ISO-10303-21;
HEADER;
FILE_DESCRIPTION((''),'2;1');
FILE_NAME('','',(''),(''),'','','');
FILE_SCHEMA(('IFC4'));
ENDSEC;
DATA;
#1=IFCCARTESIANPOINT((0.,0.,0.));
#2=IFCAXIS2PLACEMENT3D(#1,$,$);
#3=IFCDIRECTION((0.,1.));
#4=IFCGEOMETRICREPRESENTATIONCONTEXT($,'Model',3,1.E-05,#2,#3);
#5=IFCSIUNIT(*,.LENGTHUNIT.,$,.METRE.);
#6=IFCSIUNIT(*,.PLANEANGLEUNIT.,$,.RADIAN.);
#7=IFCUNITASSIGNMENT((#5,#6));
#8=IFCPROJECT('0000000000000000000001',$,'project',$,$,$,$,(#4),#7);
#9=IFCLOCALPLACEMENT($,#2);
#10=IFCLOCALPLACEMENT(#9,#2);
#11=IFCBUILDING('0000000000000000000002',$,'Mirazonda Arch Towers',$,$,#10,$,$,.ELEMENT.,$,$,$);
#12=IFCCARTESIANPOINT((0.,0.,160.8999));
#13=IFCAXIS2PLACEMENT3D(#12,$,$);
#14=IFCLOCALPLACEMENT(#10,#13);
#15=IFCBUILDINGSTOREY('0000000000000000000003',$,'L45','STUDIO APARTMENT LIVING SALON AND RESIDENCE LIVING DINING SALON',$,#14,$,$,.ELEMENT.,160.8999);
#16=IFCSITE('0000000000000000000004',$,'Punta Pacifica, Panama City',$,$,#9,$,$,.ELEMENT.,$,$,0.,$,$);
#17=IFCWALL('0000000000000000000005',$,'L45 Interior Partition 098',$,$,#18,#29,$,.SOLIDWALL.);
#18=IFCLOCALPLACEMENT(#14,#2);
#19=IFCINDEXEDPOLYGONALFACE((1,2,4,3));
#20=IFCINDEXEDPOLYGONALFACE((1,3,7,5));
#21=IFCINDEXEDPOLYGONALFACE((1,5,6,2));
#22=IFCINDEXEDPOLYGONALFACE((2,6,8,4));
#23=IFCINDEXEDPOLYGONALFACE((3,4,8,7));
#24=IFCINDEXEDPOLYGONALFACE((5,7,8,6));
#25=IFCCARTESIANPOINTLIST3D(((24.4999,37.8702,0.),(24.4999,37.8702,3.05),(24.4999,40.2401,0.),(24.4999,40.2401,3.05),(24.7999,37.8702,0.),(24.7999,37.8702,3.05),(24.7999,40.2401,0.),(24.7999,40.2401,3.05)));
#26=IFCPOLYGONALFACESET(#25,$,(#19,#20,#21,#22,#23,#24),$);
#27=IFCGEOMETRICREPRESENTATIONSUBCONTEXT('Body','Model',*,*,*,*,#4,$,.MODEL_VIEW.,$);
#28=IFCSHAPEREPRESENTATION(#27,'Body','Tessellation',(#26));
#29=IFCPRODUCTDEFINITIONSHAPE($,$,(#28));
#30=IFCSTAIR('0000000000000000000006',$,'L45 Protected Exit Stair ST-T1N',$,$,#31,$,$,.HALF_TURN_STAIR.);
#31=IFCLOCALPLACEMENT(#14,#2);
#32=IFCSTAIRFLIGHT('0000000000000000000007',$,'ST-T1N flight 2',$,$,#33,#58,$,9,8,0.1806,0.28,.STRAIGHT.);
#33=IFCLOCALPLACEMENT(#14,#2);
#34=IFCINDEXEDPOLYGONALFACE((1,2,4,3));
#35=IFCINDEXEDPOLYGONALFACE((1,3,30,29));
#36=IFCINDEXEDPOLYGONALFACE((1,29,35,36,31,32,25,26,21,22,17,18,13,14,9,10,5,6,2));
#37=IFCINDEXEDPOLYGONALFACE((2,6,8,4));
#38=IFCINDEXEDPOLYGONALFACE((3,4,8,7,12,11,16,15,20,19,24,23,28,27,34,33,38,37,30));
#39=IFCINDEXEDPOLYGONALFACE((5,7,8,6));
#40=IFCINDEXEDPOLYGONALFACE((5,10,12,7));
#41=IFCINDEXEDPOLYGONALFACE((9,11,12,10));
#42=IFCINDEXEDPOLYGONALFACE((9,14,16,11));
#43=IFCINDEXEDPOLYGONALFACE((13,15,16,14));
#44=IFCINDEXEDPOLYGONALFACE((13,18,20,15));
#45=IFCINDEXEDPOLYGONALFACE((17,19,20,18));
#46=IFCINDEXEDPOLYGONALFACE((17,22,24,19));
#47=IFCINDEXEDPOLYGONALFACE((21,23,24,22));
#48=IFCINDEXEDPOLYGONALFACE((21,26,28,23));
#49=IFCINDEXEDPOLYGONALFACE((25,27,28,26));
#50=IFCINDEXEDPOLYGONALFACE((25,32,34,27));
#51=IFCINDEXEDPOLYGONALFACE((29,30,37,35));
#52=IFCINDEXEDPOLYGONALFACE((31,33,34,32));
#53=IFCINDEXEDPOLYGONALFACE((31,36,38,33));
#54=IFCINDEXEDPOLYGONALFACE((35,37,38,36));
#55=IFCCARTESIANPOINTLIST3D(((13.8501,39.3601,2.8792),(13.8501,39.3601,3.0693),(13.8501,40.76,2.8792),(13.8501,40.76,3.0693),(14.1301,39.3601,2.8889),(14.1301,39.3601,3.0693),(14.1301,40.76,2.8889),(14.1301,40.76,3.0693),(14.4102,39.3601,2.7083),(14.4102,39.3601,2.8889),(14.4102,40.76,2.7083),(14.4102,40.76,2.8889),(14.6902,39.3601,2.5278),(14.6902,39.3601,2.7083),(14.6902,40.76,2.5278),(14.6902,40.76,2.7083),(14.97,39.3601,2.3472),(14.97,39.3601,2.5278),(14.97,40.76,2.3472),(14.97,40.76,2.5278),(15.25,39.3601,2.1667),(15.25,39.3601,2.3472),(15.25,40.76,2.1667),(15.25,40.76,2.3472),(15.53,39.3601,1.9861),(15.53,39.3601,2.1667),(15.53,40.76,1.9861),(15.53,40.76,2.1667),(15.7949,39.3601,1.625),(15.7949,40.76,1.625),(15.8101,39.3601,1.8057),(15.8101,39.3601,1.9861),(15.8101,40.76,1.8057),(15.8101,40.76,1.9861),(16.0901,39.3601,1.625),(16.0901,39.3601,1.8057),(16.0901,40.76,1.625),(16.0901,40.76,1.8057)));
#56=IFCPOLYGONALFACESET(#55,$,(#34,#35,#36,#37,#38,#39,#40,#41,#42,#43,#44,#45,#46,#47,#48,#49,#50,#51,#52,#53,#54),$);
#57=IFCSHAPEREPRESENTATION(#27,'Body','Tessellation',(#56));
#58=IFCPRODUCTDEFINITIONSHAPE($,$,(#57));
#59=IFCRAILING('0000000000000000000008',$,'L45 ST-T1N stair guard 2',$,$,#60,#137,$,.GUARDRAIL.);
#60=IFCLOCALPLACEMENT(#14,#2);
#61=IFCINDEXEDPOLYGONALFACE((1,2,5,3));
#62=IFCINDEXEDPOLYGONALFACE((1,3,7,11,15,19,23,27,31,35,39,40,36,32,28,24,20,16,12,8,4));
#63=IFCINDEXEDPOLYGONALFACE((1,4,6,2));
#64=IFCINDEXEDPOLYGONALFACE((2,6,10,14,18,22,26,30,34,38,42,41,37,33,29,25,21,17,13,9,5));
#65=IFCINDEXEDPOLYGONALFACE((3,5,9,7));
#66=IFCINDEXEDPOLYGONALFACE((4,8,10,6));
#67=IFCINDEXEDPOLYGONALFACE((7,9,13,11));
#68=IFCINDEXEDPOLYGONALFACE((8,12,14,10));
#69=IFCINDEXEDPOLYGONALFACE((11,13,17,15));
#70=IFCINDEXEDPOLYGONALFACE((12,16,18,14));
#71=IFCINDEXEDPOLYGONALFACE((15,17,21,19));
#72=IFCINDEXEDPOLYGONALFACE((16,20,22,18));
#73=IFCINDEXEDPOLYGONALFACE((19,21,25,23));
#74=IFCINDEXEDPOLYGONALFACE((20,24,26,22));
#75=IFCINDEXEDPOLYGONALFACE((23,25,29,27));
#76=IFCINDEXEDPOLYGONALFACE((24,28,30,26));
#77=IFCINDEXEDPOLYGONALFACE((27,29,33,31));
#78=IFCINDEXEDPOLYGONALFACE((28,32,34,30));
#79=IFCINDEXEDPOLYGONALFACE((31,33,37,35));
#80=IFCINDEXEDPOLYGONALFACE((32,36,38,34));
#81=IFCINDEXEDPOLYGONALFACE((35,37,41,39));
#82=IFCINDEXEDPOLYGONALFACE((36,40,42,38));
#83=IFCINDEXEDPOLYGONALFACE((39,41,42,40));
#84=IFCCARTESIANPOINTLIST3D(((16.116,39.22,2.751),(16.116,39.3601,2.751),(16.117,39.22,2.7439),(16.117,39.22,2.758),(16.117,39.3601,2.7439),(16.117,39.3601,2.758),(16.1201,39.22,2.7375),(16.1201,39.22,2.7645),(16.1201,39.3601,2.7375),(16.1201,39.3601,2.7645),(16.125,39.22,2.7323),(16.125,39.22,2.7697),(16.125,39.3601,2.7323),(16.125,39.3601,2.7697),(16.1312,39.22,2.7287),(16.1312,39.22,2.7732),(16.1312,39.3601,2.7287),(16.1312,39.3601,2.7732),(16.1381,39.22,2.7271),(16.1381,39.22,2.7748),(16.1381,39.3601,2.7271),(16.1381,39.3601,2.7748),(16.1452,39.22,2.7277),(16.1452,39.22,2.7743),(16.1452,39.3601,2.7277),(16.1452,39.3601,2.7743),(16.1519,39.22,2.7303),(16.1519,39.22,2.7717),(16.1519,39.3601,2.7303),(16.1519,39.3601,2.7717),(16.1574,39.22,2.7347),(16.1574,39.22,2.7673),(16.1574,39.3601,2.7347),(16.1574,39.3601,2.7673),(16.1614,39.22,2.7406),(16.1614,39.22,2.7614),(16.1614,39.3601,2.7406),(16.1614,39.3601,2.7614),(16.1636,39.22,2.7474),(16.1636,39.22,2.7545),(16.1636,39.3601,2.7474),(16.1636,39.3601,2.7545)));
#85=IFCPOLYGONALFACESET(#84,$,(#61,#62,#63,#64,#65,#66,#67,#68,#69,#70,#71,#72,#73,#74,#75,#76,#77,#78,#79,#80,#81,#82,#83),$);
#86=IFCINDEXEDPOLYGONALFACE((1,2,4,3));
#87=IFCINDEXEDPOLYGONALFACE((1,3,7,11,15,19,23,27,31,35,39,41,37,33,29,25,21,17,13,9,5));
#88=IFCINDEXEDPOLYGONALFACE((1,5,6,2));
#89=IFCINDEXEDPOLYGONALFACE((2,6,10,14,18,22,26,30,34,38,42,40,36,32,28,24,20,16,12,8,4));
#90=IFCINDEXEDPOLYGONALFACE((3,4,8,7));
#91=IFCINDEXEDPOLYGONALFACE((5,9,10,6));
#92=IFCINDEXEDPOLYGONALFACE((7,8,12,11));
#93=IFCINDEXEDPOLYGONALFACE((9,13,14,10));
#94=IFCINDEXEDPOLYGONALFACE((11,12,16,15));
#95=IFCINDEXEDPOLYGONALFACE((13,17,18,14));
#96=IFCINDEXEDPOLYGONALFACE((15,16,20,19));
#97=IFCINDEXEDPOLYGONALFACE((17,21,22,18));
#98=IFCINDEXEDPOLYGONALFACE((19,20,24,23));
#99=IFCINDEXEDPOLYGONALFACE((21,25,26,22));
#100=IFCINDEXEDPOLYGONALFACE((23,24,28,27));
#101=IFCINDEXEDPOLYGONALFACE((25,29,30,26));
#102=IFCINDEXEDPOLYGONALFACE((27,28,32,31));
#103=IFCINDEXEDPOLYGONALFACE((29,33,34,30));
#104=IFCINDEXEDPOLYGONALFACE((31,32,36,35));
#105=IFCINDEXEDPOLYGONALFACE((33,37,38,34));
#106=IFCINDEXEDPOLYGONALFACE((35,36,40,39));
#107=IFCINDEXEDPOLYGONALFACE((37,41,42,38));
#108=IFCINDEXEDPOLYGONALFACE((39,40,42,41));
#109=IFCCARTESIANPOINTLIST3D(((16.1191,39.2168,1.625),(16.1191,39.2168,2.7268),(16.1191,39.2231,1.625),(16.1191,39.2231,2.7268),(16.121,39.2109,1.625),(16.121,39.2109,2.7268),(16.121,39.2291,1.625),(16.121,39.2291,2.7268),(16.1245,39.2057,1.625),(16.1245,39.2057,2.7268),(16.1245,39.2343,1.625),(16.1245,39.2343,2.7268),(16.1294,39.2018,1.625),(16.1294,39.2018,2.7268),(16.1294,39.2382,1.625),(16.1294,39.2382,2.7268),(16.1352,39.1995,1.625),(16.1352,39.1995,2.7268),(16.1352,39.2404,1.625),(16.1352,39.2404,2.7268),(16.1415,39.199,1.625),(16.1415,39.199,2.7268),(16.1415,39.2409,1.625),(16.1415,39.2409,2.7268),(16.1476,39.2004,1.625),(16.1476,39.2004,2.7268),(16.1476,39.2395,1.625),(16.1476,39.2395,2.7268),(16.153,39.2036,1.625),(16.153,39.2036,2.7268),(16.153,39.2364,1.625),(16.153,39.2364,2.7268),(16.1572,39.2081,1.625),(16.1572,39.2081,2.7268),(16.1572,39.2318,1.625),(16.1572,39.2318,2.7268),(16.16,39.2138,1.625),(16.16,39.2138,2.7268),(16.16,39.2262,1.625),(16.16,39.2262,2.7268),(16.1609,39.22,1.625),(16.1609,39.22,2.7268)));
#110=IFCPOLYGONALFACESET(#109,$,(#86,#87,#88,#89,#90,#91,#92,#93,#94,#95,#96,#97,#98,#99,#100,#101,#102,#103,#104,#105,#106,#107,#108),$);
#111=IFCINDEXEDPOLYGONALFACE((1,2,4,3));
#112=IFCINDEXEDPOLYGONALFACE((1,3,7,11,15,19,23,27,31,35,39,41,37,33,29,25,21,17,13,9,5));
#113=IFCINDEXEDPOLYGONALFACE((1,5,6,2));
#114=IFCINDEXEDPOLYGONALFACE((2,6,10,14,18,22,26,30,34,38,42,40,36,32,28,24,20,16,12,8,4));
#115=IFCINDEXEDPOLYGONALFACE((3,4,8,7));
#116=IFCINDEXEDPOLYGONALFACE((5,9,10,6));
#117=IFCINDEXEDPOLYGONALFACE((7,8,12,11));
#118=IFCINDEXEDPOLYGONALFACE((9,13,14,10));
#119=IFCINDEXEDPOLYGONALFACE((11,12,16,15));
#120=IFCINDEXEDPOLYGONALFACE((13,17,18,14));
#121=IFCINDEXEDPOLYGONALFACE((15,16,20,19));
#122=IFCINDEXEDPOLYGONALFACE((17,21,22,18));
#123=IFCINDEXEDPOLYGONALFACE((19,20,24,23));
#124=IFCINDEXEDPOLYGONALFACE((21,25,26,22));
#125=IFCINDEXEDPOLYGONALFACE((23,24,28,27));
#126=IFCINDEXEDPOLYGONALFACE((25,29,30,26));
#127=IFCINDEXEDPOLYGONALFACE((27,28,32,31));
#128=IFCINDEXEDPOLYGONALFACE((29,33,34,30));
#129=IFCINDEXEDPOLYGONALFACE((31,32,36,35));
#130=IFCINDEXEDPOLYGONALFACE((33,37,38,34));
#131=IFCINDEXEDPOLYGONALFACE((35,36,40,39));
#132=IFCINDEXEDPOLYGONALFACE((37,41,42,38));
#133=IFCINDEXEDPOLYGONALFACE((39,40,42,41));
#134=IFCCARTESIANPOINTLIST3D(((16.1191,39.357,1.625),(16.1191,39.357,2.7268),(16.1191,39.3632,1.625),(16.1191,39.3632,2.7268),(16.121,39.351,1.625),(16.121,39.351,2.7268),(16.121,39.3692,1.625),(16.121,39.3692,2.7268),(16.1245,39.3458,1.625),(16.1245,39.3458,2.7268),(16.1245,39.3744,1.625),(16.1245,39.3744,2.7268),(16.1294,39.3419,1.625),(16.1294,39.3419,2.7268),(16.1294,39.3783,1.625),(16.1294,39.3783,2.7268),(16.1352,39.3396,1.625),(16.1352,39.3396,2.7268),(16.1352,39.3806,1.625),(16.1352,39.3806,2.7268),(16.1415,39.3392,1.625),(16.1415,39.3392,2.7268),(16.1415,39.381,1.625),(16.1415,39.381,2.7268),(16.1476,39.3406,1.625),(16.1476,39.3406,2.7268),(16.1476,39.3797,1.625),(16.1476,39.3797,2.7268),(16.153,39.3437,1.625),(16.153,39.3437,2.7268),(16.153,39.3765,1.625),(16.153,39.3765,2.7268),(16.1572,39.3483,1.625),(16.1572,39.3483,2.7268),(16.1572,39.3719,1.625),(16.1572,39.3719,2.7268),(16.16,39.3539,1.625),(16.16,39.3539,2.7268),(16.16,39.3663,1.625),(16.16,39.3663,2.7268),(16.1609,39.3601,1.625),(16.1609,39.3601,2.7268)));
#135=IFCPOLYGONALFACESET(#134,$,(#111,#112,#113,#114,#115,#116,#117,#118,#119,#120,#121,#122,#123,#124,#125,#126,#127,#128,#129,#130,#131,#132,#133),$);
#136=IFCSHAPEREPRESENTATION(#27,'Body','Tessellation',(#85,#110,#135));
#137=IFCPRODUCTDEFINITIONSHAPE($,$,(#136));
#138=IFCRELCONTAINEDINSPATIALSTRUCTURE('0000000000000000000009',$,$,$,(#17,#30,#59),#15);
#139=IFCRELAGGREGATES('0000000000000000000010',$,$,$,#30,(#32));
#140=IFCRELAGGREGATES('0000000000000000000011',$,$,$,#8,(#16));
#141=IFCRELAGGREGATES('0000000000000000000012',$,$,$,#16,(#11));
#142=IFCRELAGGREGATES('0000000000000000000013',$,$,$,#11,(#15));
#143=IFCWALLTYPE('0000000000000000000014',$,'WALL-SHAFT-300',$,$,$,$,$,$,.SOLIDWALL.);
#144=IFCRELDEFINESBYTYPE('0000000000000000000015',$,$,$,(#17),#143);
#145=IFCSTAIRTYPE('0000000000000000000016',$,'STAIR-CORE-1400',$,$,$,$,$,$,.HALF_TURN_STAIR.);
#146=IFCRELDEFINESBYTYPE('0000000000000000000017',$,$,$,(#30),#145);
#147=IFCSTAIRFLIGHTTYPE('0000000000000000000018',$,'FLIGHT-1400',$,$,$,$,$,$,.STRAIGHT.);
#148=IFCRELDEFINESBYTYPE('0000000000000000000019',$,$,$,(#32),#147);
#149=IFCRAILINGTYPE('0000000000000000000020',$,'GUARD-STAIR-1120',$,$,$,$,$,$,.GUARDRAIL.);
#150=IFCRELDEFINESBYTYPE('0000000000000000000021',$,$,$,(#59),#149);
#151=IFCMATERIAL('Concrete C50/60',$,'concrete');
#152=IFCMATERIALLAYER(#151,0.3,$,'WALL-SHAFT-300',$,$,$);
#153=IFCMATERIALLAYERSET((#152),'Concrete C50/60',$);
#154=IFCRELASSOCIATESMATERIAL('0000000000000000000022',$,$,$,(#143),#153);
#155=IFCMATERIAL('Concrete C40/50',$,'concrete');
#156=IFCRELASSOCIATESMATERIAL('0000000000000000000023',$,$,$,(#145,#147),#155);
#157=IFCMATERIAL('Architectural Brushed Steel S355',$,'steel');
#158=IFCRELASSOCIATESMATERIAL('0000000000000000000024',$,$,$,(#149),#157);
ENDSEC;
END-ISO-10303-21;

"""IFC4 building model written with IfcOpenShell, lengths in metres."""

from ifc_helpers import new_model, si_unit, direction, frame, frame_2d, origin, origin_2d, place, context, subcontext, project, spatial, polyline, rectangle, circle, outline, extrude, material, layer, layer_set, type_object, element, aggregate, save


model = new_model("IFC4")

# Units and contexts
model_context = context("Model", 3, precision=1e-05, world=origin(), true_north=direction((0.0, 1.0)))
body_context = subcontext(model_context, "Body", "Model", "MODEL_VIEW")
ifc_project = project(units=[si_unit("LENGTHUNIT", "METRE"), si_unit("PLANEANGLEUNIT", "RADIAN")], contexts=[model_context])

# Site, building, storey
site_placement = place(None, origin())
site = spatial("IfcSite", under=ifc_project, at=site_placement, Name="Punta Pacifica, Panama City", CompositionType="ELEMENT", RefElevation=0.0)
building_placement = place(site_placement, origin())
building = spatial("IfcBuilding", under=site, at=building_placement, Name="Mirazonda Arch Towers", CompositionType="ELEMENT")
storey_placement = place(building_placement, frame((0.0, 0.0, 160.8999)))
storey = spatial("IfcBuildingStorey", under=building, at=storey_placement, Name="L45", Description="STUDIO APARTMENT LIVING SALON AND RESIDENCE LIVING DINING SALON", CompositionType="ELEMENT", Elevation=160.8999)

# Shared definitions
ifc_material_1 = material(Name="Concrete C50/60", Category="concrete")

# Shared definitions
ifc_material_2 = material(Name="Concrete C40/50", Category="concrete")

# Shared definitions
ifc_material_3 = material(Name="Architectural Brushed Steel S355", Category="steel")

# Wall
ifc_layer_1 = layer(ifc_material_1, 0.3, Name="WALL-SHAFT-300")
ifc_layer_set_1 = layer_set([ifc_layer_1], Name="Concrete C50/60")
wall_type_1 = type_object("IfcWallType", Name="WALL-SHAFT-300", PredefinedType="SOLIDWALL", material=ifc_layer_set_1)
for number, where, z_axis, x_axis, name in (
    (1, (24.6499, 37.8701, 0.0), (0.0, 0.0, 1.0), (0.0, 1.0, 0.0), "L45 Interior Partition 098"),
):
    element("IfcWall", number, at=place(storey_placement, frame(where, z_axis=z_axis, x_axis=x_axis)), inside=storey, type_object=wall_type_1, Name=name, PredefinedType="SOLIDWALL", context=body_context, shape_type="SweptSolid", body=[
        extrude(rectangle(XDim=2.3699, YDim=0.3, at=frame_2d((1.1851, 0.0))), origin(), (0.0, 0.0, 1.0), 3.05),
    ])

# Stair, stair flight
stair_type = type_object("IfcStairType", Name="STAIR-CORE-1400", PredefinedType="HALF_TURN_STAIR", material=ifc_material_2)
stair_placement = place(storey_placement, origin())
stair = element("IfcStair", 2, at=stair_placement, inside=storey, type_object=stair_type, Name="L45 Protected Exit Stair ST-T1N", PredefinedType="HALF_TURN_STAIR")
stair_flight_type = type_object("IfcStairFlightType", Name="FLIGHT-1400", PredefinedType="STRAIGHT", material=ifc_material_2)
stair_flight_placement = place(storey_placement, frame((16.0901, 40.0601, 1.625), z_axis=(0.0, 0.0, 1.0), x_axis=(-1.0, 0.0, 0.0)))
stair_flight = element("IfcStairFlight", 3, at=stair_flight_placement, type_object=stair_flight_type, Name="ST-T1N flight 2", NumberOfRisers=9, NumberOfTreads=8, PredefinedType="STRAIGHT", RiserHeight=0.1806, TreadLength=0.28, context=body_context, shape_type="SweptSolid", body=[
    extrude(outline(polyline([(0.0, 0.0), (0.0, 0.1807), (0.28, 0.1807), (0.28, 0.3611), (0.5601, 0.3611), (0.5601, 0.5417), (0.8401, 0.5417), (0.8401, 0.7222), (1.1201, 0.7222), (1.1201, 0.9028), (1.3999, 0.9028), (1.3999, 1.0833), (1.6799, 1.0833), (1.6799, 1.2639), (1.96, 1.2639), (1.96, 1.4443), (2.24, 1.4443), (2.24, 1.625), (2.24, 1.2542), (0.2952, 0.0), (0.0, 0.0)])), frame((0.0, 0.7, 0.0), z_axis=(0.0, -1.0, 0.0), x_axis=(1.0, 0.0, 0.0)), (0.0, 0.0, 1.0), 1.3999),
])
aggregate(stair, [stair_flight])

# Railing
railing_type_1 = type_object("IfcRailingType", Name="GUARD-STAIR-1120", PredefinedType="GUARDRAIL", material=ifc_material_3)
railing_1_placement = place(storey_placement, frame((16.1399, 39.22, 1.625)))
element("IfcRailing", 4, at=railing_1_placement, inside=storey, type_object=railing_type_1, Name="L45 ST-T1N stair guard 2", PredefinedType="GUARDRAIL", context=body_context, shape_type="SweptSolid", body=[
    extrude(circle(Radius=0.0239, at=origin_2d()), frame((0.0, 0.0, 1.126), z_axis=(0.0, 1.0, 0.0), x_axis=(-1.0, 0.0, 0.0)), (0.0, 0.0, 1.0), 0.1401),
    extrude(circle(Radius=0.021, at=origin_2d()), origin(), (0.0, 0.0, 1.0), 1.1018),
    extrude(circle(Radius=0.021, at=origin_2d()), frame((0.0, 0.1401, 0.0)), (0.0, 0.0, 1.0), 1.1018),
])

save(model, "model.ifc")
